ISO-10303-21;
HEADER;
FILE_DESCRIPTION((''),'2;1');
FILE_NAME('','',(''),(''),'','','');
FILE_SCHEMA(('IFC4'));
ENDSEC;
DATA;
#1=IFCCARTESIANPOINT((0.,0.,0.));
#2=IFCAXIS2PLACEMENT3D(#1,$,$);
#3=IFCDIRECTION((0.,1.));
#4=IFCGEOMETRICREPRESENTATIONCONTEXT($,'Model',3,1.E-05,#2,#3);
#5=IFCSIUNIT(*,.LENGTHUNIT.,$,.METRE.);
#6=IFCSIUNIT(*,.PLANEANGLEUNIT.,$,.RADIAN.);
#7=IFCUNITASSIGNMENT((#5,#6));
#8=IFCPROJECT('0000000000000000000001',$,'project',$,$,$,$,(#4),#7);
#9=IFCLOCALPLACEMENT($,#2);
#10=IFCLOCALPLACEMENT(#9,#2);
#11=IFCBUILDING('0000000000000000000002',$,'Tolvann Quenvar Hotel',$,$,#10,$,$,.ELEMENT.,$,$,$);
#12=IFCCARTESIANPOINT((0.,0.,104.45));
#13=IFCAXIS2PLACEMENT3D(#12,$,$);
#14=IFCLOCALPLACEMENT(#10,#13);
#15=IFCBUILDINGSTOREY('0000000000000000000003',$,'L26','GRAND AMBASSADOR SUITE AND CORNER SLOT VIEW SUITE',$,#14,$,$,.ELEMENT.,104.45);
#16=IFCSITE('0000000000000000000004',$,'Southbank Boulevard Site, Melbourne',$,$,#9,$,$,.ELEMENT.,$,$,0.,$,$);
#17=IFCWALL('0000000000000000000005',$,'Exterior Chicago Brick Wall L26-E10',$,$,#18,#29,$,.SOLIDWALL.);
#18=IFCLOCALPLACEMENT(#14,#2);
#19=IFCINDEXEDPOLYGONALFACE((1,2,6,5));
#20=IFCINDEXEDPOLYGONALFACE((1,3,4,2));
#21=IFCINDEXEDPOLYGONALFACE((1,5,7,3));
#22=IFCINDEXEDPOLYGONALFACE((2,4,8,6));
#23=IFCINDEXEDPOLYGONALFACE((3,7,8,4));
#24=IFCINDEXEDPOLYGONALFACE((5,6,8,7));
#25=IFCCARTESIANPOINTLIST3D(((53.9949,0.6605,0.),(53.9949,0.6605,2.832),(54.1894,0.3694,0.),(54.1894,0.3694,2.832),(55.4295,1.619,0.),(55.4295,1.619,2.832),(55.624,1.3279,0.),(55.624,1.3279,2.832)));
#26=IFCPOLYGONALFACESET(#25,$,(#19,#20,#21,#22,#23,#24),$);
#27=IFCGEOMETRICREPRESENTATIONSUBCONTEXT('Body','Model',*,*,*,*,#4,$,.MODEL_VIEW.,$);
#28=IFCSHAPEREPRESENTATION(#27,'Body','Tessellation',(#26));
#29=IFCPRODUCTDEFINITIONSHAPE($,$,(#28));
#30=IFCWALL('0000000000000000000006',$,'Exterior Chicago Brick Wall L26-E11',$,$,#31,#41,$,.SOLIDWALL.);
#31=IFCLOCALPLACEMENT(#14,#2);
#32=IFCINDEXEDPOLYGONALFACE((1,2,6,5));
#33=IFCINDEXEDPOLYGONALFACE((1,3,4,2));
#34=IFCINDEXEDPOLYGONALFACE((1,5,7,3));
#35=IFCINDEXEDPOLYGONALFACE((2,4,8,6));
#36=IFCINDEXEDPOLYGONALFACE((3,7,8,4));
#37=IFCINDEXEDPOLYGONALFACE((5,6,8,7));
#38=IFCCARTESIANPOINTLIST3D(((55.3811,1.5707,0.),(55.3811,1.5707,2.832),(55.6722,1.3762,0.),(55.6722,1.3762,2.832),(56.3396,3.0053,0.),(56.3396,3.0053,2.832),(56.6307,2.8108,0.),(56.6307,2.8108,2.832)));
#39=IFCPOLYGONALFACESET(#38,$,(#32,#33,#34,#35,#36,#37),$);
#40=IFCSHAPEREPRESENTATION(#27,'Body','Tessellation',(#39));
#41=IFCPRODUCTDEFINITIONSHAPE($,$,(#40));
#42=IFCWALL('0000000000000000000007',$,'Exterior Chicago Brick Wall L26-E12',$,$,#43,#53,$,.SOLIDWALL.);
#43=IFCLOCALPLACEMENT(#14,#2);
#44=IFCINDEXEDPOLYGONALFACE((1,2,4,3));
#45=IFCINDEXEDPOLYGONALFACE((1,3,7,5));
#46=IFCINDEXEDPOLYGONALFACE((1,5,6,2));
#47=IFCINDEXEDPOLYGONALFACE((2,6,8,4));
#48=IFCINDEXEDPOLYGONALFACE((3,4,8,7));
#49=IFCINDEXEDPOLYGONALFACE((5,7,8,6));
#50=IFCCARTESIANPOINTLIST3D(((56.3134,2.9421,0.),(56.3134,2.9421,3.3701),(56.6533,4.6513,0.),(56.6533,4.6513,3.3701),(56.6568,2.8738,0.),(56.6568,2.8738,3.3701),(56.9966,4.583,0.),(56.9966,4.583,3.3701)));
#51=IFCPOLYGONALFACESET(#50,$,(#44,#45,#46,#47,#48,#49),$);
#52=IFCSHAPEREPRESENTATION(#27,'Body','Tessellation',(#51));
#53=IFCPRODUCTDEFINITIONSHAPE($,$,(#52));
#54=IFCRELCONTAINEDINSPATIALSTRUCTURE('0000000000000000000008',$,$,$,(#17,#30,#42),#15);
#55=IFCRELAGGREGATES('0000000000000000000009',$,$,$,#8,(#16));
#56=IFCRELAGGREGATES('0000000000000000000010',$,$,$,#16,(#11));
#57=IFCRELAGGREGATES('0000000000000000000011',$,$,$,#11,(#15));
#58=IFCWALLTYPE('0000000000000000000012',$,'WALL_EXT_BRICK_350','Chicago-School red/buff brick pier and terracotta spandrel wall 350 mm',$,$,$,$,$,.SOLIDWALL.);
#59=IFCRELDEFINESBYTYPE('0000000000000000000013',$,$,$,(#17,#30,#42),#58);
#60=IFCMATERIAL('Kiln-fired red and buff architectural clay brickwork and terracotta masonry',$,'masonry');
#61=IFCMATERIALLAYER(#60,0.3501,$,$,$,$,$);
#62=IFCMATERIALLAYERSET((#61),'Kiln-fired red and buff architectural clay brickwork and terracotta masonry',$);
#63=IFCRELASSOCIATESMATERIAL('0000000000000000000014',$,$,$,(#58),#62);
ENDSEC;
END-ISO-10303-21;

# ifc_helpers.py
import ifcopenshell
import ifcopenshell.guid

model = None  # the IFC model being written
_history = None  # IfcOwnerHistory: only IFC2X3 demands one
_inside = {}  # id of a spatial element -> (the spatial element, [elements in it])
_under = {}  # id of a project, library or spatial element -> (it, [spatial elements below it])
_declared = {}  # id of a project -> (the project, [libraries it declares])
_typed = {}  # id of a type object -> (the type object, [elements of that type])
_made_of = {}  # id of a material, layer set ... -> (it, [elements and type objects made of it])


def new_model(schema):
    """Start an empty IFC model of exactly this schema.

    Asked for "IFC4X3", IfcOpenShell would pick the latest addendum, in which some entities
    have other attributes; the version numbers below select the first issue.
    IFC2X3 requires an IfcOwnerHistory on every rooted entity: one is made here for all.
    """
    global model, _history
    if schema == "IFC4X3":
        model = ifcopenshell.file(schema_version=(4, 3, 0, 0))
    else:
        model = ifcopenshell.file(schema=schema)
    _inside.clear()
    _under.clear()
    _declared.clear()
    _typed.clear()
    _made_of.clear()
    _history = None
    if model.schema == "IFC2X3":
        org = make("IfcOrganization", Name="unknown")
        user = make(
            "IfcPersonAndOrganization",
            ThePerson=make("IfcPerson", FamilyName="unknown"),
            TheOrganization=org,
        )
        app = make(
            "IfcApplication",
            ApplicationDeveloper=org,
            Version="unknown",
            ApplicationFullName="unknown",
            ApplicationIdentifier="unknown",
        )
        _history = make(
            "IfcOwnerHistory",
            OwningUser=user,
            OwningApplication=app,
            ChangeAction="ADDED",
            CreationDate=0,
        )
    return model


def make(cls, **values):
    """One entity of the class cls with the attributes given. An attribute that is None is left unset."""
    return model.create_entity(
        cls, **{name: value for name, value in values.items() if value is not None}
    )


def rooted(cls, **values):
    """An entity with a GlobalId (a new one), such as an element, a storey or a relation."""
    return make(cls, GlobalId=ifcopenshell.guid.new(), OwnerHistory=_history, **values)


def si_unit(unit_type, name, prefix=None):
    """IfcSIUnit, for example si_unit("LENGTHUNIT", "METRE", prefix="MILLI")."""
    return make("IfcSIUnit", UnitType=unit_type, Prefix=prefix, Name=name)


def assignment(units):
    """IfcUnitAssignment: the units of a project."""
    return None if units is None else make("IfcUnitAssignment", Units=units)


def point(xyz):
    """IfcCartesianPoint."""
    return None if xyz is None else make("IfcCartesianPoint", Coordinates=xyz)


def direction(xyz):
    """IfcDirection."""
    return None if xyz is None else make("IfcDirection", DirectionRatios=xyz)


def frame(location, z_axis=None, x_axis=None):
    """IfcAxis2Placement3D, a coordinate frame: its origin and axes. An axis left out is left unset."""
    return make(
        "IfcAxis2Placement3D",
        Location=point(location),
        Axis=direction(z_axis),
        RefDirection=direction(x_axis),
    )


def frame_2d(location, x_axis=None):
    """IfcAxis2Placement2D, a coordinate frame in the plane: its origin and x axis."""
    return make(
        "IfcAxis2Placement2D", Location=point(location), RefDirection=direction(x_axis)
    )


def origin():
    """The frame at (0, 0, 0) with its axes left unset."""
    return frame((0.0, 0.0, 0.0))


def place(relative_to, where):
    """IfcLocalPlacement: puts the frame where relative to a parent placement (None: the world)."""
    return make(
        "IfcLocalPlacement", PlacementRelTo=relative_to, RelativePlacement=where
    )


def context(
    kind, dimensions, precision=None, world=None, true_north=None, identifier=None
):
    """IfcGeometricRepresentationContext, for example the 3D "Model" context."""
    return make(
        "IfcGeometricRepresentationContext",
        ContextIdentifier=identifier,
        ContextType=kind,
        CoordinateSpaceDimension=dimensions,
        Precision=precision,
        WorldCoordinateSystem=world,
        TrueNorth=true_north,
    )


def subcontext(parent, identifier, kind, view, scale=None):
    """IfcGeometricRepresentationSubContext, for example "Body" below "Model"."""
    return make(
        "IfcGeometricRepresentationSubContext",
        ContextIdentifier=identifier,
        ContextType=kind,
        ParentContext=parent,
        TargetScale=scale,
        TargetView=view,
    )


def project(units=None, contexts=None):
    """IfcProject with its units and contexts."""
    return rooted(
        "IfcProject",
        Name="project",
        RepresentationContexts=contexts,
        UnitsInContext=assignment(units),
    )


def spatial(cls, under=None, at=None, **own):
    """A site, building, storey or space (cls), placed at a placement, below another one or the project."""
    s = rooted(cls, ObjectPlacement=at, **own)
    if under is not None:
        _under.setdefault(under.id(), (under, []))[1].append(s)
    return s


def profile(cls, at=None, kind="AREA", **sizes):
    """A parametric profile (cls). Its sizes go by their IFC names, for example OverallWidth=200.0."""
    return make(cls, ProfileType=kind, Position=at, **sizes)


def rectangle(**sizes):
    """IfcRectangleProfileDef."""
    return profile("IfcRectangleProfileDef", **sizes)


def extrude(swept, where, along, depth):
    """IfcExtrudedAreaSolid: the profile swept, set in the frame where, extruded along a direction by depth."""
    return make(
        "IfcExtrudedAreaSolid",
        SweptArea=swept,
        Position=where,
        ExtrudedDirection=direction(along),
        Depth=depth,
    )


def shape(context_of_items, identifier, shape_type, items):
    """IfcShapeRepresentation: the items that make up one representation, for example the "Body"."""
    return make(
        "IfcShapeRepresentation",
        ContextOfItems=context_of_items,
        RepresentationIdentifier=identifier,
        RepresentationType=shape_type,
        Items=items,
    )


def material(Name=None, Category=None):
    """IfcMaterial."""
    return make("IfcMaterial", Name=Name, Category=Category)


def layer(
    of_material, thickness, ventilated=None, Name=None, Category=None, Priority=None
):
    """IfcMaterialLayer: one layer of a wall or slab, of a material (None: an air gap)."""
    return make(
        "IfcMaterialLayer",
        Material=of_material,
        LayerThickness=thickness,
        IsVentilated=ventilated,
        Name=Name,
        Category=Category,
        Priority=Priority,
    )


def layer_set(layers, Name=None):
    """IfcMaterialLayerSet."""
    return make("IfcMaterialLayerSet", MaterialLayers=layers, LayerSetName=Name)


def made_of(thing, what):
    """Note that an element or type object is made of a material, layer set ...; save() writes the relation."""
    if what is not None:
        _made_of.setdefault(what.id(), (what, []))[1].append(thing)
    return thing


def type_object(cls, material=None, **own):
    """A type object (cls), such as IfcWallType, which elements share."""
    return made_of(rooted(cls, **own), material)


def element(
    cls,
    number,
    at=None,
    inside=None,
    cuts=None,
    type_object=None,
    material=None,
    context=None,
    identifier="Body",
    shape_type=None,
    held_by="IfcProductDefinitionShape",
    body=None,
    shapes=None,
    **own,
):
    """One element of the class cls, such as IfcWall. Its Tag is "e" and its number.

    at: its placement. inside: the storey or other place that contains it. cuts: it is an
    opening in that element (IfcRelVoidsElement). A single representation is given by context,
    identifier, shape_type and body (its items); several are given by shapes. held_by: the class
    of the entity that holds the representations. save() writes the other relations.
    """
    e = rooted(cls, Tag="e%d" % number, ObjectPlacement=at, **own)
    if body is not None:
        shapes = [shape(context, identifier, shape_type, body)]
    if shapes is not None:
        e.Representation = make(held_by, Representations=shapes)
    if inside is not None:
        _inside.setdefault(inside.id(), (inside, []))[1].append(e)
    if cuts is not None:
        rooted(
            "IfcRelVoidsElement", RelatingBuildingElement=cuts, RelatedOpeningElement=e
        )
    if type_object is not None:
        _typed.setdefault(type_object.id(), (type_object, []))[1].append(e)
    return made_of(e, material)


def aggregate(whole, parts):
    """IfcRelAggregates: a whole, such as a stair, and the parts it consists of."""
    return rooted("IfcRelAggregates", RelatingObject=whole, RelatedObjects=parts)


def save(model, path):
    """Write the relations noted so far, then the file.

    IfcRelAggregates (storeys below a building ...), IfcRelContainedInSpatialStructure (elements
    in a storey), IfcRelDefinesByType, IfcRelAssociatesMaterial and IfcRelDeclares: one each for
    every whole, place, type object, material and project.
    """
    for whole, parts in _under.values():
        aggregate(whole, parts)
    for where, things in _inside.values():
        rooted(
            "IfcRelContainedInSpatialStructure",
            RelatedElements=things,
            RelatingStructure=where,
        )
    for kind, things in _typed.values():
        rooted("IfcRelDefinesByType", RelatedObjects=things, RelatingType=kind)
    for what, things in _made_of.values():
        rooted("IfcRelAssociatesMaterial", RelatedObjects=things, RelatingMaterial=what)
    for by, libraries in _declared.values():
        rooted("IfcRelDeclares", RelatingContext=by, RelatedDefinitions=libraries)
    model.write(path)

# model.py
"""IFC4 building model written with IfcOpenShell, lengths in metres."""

from ifc_helpers import new_model, si_unit, direction, frame, frame_2d, origin, place, context, subcontext, project, spatial, rectangle, extrude, material, layer, layer_set, type_object, element, save


model = new_model("IFC4")

# Units and contexts
model_context = context("Model", 3, precision=1e-05, world=origin(), true_north=direction((0.0, 1.0)))
body_context = subcontext(model_context, "Body", "Model", "MODEL_VIEW")
ifc_project = project(units=[si_unit("LENGTHUNIT", "METRE"), si_unit("PLANEANGLEUNIT", "RADIAN")], contexts=[model_context])

# Site, building, storey
site_placement = place(None, origin())
site = spatial("IfcSite", under=ifc_project, at=site_placement, Name="Southbank Boulevard Site, Melbourne", CompositionType="ELEMENT", RefElevation=0.0)
building_placement = place(site_placement, origin())
building = spatial("IfcBuilding", under=site, at=building_placement, Name="Tolvann Quenvar Hotel", CompositionType="ELEMENT")
storey_placement = place(building_placement, frame((0.0, 0.0, 104.45)))
storey = spatial("IfcBuildingStorey", under=building, at=storey_placement, Name="L26", Description="GRAND AMBASSADOR SUITE AND CORNER SLOT VIEW SUITE", CompositionType="ELEMENT", Elevation=104.45)

# Walls
ifc_material_1 = material(Name="Kiln-fired red and buff architectural clay brickwork and terracotta masonry", Category="masonry")
ifc_layer_1 = layer(ifc_material_1, 0.3501)
ifc_layer_set_1 = layer_set([ifc_layer_1], Name="Kiln-fired red and buff architectural clay brickwork and terracotta masonry")
wall_type_1 = type_object("IfcWallType", Name="WALL_EXT_BRICK_350", Description="Chicago-School red/buff brick pier and terracotta spandrel wall 350 mm", PredefinedType="SOLIDWALL", material=ifc_layer_set_1)
for number, where, z_axis, x_axis, name in (
    (1, (54.092, 0.5149, 0.0), (0.0, 0.0, 1.0), (0.831484, 0.555549, 0.0), "Exterior Chicago Brick Wall L26-E10"),
    (2, (55.5266, 1.4734, 0.0), (0.0, 0.0, 1.0), (0.555549, 0.831484, 0.0), "Exterior Chicago Brick Wall L26-E11"),
):
    element("IfcWall", number, at=place(storey_placement, frame(where, z_axis=z_axis, x_axis=x_axis)), inside=storey, type_object=wall_type_1, Name=name, PredefinedType="SOLIDWALL", context=body_context, shape_type="SweptSolid", body=[
        extrude(rectangle(XDim=1.7253, YDim=0.3501, at=frame_2d((0.8628, 0.0))), origin(), (0.0, 0.0, 1.0), 2.832),
    ])
wall_1_placement = place(storey_placement, frame((56.4851, 2.908, 0.0), z_axis=(0.0, 0.0, 1.0), x_axis=(0.195011, 0.980801, 0.0)))
element("IfcWall", 3, at=wall_1_placement, inside=storey, type_object=wall_type_1, Name="Exterior Chicago Brick Wall L26-E12", PredefinedType="SOLIDWALL", context=body_context, shape_type="SweptSolid", body=[
    extrude(rectangle(XDim=1.7427, YDim=0.3501, at=frame_2d((0.8713, 0.0))), origin(), (0.0, 0.0, 1.0), 3.3701),
])

save(model, "model.ifc")
